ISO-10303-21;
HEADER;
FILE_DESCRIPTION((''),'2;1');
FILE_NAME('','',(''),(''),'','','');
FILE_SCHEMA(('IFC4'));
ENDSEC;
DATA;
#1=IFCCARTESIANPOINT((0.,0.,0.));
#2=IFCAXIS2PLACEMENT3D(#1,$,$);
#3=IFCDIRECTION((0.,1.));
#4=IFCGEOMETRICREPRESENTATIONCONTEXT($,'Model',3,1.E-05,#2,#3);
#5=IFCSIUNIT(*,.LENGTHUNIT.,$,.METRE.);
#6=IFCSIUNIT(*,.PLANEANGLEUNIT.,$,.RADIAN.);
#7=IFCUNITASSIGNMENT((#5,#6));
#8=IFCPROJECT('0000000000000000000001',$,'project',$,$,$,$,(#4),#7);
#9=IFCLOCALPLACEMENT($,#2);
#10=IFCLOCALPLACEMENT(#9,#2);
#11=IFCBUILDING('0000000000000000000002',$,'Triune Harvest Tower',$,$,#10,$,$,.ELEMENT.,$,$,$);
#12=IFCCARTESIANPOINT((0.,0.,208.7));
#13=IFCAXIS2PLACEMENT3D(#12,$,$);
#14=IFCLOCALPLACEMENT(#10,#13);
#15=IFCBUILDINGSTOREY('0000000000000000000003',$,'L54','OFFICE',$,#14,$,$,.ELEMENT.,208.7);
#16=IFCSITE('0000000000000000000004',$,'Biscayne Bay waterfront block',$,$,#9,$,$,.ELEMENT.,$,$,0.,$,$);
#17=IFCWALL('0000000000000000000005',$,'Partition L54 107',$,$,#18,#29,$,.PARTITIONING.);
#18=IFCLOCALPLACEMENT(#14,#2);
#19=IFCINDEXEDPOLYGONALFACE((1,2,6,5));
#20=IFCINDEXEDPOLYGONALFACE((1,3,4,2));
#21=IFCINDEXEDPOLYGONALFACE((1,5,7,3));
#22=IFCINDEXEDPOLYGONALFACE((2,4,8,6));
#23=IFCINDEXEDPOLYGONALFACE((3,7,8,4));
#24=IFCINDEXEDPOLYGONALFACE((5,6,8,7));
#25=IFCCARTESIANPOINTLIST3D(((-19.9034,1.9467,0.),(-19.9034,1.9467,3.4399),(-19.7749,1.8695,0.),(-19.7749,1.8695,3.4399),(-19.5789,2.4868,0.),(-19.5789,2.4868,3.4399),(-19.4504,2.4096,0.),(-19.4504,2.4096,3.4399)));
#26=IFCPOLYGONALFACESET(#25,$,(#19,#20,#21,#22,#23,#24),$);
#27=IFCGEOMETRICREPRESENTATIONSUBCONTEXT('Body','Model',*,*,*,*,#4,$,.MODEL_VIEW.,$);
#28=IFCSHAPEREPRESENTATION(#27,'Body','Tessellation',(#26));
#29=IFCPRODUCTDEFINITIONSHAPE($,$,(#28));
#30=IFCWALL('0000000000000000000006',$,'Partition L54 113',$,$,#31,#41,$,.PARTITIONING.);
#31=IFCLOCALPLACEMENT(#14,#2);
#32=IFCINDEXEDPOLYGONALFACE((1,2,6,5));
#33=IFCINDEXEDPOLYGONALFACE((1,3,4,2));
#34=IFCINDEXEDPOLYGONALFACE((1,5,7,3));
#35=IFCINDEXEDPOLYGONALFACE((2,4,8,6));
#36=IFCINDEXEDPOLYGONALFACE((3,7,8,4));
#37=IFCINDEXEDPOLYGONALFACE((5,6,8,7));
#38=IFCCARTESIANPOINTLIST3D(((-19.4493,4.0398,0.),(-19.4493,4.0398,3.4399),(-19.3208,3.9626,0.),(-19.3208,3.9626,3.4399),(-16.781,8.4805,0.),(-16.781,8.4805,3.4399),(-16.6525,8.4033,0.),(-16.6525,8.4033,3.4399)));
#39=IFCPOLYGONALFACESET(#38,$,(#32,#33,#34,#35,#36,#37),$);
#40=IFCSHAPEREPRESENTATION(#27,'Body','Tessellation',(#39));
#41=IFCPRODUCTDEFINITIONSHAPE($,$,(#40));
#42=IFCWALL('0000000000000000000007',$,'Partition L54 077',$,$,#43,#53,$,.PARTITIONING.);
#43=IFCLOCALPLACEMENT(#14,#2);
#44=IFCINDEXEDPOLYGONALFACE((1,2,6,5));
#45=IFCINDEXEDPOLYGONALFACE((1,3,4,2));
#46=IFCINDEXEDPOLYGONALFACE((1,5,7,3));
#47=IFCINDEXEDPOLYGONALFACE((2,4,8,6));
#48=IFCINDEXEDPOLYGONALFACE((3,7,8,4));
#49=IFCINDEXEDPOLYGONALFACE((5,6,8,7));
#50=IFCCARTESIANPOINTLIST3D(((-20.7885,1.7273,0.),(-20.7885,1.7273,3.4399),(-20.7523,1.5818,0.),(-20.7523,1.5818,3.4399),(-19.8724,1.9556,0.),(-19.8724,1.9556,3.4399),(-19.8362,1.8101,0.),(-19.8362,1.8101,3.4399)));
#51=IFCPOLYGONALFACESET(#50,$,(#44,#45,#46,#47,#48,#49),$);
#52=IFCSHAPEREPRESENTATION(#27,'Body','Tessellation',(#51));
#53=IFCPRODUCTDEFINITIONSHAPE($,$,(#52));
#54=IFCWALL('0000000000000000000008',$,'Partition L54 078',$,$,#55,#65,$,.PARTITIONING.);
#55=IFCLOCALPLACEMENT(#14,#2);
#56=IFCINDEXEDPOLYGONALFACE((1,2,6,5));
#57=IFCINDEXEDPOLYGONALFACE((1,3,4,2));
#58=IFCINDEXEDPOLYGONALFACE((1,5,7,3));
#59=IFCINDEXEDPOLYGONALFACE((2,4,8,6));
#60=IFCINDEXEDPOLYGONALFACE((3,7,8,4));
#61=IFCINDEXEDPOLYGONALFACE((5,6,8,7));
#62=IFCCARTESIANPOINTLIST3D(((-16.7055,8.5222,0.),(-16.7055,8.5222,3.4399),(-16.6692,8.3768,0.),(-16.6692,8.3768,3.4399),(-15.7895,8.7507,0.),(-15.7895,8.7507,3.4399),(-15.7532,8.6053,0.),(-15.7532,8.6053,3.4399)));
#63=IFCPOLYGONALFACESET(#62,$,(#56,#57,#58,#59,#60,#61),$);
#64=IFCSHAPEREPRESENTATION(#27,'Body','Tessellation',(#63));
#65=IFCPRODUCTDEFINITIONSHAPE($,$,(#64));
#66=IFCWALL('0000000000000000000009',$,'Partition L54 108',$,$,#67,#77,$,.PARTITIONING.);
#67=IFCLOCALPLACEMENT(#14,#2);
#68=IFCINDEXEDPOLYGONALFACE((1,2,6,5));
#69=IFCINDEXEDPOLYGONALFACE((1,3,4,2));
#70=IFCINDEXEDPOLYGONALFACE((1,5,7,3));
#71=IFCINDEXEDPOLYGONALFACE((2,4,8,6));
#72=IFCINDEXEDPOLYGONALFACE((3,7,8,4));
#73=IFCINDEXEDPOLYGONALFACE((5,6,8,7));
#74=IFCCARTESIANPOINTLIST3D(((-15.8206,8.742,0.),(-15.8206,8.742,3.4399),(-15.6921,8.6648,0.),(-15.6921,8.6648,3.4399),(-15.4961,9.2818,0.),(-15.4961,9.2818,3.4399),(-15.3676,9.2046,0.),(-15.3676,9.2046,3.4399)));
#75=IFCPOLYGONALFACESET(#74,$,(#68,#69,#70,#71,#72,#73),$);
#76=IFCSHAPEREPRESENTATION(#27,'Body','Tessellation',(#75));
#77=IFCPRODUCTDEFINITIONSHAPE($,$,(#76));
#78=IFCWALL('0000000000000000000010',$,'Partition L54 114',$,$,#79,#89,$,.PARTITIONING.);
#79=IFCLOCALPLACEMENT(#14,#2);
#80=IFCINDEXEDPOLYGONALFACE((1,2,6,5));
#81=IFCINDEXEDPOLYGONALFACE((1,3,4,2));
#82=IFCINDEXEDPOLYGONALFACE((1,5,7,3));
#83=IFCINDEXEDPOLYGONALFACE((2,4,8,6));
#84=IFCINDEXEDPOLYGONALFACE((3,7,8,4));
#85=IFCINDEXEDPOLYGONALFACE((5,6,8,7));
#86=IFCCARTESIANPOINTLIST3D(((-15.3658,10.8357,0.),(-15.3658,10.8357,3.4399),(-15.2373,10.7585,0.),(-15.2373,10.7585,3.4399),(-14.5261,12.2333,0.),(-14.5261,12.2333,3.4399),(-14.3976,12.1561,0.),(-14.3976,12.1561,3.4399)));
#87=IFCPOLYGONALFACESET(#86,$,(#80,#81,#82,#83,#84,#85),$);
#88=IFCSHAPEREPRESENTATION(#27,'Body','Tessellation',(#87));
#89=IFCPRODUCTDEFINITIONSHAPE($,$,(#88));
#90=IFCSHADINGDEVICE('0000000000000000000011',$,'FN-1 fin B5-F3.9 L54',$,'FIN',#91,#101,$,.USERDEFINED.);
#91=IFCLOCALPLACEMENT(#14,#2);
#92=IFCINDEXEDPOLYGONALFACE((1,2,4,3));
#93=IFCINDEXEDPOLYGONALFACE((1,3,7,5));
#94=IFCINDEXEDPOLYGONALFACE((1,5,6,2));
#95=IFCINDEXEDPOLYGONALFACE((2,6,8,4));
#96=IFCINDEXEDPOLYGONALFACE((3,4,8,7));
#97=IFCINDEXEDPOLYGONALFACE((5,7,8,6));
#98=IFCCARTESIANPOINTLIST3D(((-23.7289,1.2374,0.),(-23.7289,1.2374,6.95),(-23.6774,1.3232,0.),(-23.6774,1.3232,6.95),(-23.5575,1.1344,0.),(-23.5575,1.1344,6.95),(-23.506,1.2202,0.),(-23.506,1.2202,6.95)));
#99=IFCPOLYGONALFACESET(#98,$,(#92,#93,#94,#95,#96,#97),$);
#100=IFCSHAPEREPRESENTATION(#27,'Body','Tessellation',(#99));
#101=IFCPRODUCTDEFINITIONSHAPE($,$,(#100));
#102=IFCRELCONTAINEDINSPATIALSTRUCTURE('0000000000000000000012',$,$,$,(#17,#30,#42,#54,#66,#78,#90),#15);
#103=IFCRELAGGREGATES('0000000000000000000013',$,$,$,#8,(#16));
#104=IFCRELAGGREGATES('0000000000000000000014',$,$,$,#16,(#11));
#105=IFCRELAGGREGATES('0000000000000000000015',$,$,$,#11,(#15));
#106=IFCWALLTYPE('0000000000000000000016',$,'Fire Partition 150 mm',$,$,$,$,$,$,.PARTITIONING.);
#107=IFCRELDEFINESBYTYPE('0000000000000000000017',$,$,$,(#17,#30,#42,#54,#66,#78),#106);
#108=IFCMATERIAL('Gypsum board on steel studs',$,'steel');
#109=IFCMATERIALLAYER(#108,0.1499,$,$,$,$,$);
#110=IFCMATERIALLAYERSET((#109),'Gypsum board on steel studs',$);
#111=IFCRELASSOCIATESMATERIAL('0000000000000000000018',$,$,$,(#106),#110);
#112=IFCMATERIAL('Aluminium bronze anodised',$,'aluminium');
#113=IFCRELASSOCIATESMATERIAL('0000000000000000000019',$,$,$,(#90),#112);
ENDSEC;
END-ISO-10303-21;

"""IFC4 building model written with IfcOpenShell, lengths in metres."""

from ifc_helpers import new_model, si_unit, direction, frame, frame_2d, origin, origin_2d, place, context, subcontext, project, spatial, rectangle, extrude, source, transform, mapped, material, layer, layer_set, type_object, element, save


model = new_model("IFC4")

# Units and contexts
model_context = context("Model", 3, precision=1e-05, world=origin(), true_north=direction((0.0, 1.0)))
body_context = subcontext(model_context, "Body", "Model", "MODEL_VIEW")
ifc_project = project(units=[si_unit("LENGTHUNIT", "METRE"), si_unit("PLANEANGLEUNIT", "RADIAN")], contexts=[model_context])

# Site, building, storey
site_placement = place(None, origin())
site = spatial("IfcSite", under=ifc_project, at=site_placement, Name="Biscayne Bay waterfront block", CompositionType="ELEMENT", RefElevation=0.0)
building_placement = place(site_placement, origin())
building = spatial("IfcBuilding", under=site, at=building_placement, Name="Triune Harvest Tower", CompositionType="ELEMENT")
storey_placement = place(building_placement, frame((0.0, 0.0, 208.7)))
storey = spatial("IfcBuildingStorey", under=building, at=storey_placement, Name="L54", Description="OFFICE", CompositionType="ELEMENT", Elevation=208.7)

# Walls
ifc_material_1 = material(Name="Gypsum board on steel studs", Category="steel")
ifc_layer_1 = layer(ifc_material_1, 0.1499)
ifc_layer_set_1 = layer_set([ifc_layer_1], Name="Gypsum board on steel studs")
wall_type_1 = type_object("IfcWallType", Name="Fire Partition 150 mm", PredefinedType="PARTITIONING", material=ifc_layer_set_1)
shared_shape_1 = source(origin(), body_context, "Body", "SweptSolid", [
    extrude(rectangle(XDim=0.6301, YDim=0.1499, at=frame_2d((0.3149, 0.0))), origin(), (0.0, 0.0, 1.0), 3.4399),
])
wall_1_placement = place(storey_placement, frame((-19.8391, 1.9082, 0.0), z_axis=(0.0, 0.0, 1.0), x_axis=(0.515009, 0.857185, 0.0)))
element("IfcWall", 1, at=wall_1_placement, inside=storey, type_object=wall_type_1, Name="Partition L54 107", PredefinedType="PARTITIONING", context=body_context, shape_type="MappedRepresentation", body=[
    mapped(shared_shape_1, transform((0.0, 0.0, 0.0), scale=1.0)),
])
shared_shape_2 = source(origin(), body_context, "Body", "SweptSolid", [
    extrude(rectangle(XDim=5.1807, YDim=0.1499, at=frame_2d((2.5903, 0.0))), origin(), (0.0, 0.0, 1.0), 3.4399),
])
wall_2_placement = place(storey_placement, frame((-19.385, 4.0012, 0.0), z_axis=(0.0, 0.0, 1.0), x_axis=(0.515036, 0.857168, 0.0)))
element("IfcWall", 2, at=wall_2_placement, inside=storey, type_object=wall_type_1, Name="Partition L54 113", PredefinedType="PARTITIONING", context=body_context, shape_type="MappedRepresentation", body=[
    mapped(shared_shape_2, transform((0.0, 0.0, 0.0), scale=1.0)),
])
shared_shape_3 = source(origin(), body_context, "Body", "SweptSolid", [
    extrude(rectangle(XDim=0.9441, YDim=0.1499, at=frame_2d((0.4722, 0.0))), origin(), (0.0, 0.0, 1.0), 3.4399),
])
for number, where, z_axis, x_axis, name in (
    (3, (-20.7705, 1.6545, 0.0), (0.0, 0.0, 1.0), (0.970325, 0.241805, 0.0), "Partition L54 077"),
    (4, (-16.6875, 8.4495, 0.0), (0.0, 0.0, 1.0), (0.970264, 0.242049, 0.0), "Partition L54 078"),
):
    element("IfcWall", number, at=place(storey_placement, frame(where, z_axis=z_axis, x_axis=x_axis)), inside=storey, type_object=wall_type_1, Name=name, PredefinedType="PARTITIONING", context=body_context, shape_type="MappedRepresentation", body=[
        mapped(shared_shape_3, transform((0.0, 0.0, 0.0), scale=1.0)),
    ])
shared_shape_4 = source(origin(), body_context, "Body", "SweptSolid", [
    extrude(rectangle(XDim=0.6299, YDim=0.1499, at=frame_2d((0.3149, 0.0))), origin(), (0.0, 0.0, 1.0), 3.4399),
])
wall_3_placement = place(storey_placement, frame((-15.7563, 8.7034, 0.0), z_axis=(0.0, 0.0, 1.0), x_axis=(0.51518, 0.857082, 0.0)))
element("IfcWall", 5, at=wall_3_placement, inside=storey, type_object=wall_type_1, Name="Partition L54 108", PredefinedType="PARTITIONING", context=body_context, shape_type="MappedRepresentation", body=[
    mapped(shared_shape_4, transform((0.0, 0.0, 0.0), scale=1.0)),
])
shared_shape_5 = source(origin(), body_context, "Body", "SweptSolid", [
    extrude(rectangle(XDim=1.6304, YDim=0.1499, at=frame_2d((0.8152, 0.0))), origin(), (0.0, 0.0, 1.0), 3.4399),
])
wall_4_placement = place(storey_placement, frame((-15.3015, 10.7971, 0.0), z_axis=(0.0, 0.0, 1.0), x_axis=(0.515002, 0.857189, 0.0)))
element("IfcWall", 6, at=wall_4_placement, inside=storey, type_object=wall_type_1, Name="Partition L54 114", PredefinedType="PARTITIONING", context=body_context, shape_type="MappedRepresentation", body=[
    mapped(shared_shape_5, transform((0.0, 0.0, 0.0), scale=1.0)),
])

# Shading device
ifc_material_2 = material(Name="Aluminium bronze anodised", Category="aluminium")
shared_shape_6 = source(origin(), body_context, "Body", "SweptSolid", [
    extrude(rectangle(XDim=0.1001, YDim=0.2, at=origin_2d()), origin(), (0.0, 0.0, 1.0), 6.95),
])
shading_device_placement = place(storey_placement, frame((-23.6174, 1.2288, 0.0), z_axis=(0.0, 0.0, 1.0), x_axis=(-0.515037, -0.857168, 0.0)))
element("IfcShadingDevice", 7, at=shading_device_placement, inside=storey, material=ifc_material_2, Name="FN-1 fin B5-F3.9 L54", ObjectType="FIN", PredefinedType="USERDEFINED", context=body_context, shape_type="MappedRepresentation", body=[
    mapped(shared_shape_6, transform((0.0, 0.0, 0.0), scale=1.0)),
])

save(model, "model.ifc")
